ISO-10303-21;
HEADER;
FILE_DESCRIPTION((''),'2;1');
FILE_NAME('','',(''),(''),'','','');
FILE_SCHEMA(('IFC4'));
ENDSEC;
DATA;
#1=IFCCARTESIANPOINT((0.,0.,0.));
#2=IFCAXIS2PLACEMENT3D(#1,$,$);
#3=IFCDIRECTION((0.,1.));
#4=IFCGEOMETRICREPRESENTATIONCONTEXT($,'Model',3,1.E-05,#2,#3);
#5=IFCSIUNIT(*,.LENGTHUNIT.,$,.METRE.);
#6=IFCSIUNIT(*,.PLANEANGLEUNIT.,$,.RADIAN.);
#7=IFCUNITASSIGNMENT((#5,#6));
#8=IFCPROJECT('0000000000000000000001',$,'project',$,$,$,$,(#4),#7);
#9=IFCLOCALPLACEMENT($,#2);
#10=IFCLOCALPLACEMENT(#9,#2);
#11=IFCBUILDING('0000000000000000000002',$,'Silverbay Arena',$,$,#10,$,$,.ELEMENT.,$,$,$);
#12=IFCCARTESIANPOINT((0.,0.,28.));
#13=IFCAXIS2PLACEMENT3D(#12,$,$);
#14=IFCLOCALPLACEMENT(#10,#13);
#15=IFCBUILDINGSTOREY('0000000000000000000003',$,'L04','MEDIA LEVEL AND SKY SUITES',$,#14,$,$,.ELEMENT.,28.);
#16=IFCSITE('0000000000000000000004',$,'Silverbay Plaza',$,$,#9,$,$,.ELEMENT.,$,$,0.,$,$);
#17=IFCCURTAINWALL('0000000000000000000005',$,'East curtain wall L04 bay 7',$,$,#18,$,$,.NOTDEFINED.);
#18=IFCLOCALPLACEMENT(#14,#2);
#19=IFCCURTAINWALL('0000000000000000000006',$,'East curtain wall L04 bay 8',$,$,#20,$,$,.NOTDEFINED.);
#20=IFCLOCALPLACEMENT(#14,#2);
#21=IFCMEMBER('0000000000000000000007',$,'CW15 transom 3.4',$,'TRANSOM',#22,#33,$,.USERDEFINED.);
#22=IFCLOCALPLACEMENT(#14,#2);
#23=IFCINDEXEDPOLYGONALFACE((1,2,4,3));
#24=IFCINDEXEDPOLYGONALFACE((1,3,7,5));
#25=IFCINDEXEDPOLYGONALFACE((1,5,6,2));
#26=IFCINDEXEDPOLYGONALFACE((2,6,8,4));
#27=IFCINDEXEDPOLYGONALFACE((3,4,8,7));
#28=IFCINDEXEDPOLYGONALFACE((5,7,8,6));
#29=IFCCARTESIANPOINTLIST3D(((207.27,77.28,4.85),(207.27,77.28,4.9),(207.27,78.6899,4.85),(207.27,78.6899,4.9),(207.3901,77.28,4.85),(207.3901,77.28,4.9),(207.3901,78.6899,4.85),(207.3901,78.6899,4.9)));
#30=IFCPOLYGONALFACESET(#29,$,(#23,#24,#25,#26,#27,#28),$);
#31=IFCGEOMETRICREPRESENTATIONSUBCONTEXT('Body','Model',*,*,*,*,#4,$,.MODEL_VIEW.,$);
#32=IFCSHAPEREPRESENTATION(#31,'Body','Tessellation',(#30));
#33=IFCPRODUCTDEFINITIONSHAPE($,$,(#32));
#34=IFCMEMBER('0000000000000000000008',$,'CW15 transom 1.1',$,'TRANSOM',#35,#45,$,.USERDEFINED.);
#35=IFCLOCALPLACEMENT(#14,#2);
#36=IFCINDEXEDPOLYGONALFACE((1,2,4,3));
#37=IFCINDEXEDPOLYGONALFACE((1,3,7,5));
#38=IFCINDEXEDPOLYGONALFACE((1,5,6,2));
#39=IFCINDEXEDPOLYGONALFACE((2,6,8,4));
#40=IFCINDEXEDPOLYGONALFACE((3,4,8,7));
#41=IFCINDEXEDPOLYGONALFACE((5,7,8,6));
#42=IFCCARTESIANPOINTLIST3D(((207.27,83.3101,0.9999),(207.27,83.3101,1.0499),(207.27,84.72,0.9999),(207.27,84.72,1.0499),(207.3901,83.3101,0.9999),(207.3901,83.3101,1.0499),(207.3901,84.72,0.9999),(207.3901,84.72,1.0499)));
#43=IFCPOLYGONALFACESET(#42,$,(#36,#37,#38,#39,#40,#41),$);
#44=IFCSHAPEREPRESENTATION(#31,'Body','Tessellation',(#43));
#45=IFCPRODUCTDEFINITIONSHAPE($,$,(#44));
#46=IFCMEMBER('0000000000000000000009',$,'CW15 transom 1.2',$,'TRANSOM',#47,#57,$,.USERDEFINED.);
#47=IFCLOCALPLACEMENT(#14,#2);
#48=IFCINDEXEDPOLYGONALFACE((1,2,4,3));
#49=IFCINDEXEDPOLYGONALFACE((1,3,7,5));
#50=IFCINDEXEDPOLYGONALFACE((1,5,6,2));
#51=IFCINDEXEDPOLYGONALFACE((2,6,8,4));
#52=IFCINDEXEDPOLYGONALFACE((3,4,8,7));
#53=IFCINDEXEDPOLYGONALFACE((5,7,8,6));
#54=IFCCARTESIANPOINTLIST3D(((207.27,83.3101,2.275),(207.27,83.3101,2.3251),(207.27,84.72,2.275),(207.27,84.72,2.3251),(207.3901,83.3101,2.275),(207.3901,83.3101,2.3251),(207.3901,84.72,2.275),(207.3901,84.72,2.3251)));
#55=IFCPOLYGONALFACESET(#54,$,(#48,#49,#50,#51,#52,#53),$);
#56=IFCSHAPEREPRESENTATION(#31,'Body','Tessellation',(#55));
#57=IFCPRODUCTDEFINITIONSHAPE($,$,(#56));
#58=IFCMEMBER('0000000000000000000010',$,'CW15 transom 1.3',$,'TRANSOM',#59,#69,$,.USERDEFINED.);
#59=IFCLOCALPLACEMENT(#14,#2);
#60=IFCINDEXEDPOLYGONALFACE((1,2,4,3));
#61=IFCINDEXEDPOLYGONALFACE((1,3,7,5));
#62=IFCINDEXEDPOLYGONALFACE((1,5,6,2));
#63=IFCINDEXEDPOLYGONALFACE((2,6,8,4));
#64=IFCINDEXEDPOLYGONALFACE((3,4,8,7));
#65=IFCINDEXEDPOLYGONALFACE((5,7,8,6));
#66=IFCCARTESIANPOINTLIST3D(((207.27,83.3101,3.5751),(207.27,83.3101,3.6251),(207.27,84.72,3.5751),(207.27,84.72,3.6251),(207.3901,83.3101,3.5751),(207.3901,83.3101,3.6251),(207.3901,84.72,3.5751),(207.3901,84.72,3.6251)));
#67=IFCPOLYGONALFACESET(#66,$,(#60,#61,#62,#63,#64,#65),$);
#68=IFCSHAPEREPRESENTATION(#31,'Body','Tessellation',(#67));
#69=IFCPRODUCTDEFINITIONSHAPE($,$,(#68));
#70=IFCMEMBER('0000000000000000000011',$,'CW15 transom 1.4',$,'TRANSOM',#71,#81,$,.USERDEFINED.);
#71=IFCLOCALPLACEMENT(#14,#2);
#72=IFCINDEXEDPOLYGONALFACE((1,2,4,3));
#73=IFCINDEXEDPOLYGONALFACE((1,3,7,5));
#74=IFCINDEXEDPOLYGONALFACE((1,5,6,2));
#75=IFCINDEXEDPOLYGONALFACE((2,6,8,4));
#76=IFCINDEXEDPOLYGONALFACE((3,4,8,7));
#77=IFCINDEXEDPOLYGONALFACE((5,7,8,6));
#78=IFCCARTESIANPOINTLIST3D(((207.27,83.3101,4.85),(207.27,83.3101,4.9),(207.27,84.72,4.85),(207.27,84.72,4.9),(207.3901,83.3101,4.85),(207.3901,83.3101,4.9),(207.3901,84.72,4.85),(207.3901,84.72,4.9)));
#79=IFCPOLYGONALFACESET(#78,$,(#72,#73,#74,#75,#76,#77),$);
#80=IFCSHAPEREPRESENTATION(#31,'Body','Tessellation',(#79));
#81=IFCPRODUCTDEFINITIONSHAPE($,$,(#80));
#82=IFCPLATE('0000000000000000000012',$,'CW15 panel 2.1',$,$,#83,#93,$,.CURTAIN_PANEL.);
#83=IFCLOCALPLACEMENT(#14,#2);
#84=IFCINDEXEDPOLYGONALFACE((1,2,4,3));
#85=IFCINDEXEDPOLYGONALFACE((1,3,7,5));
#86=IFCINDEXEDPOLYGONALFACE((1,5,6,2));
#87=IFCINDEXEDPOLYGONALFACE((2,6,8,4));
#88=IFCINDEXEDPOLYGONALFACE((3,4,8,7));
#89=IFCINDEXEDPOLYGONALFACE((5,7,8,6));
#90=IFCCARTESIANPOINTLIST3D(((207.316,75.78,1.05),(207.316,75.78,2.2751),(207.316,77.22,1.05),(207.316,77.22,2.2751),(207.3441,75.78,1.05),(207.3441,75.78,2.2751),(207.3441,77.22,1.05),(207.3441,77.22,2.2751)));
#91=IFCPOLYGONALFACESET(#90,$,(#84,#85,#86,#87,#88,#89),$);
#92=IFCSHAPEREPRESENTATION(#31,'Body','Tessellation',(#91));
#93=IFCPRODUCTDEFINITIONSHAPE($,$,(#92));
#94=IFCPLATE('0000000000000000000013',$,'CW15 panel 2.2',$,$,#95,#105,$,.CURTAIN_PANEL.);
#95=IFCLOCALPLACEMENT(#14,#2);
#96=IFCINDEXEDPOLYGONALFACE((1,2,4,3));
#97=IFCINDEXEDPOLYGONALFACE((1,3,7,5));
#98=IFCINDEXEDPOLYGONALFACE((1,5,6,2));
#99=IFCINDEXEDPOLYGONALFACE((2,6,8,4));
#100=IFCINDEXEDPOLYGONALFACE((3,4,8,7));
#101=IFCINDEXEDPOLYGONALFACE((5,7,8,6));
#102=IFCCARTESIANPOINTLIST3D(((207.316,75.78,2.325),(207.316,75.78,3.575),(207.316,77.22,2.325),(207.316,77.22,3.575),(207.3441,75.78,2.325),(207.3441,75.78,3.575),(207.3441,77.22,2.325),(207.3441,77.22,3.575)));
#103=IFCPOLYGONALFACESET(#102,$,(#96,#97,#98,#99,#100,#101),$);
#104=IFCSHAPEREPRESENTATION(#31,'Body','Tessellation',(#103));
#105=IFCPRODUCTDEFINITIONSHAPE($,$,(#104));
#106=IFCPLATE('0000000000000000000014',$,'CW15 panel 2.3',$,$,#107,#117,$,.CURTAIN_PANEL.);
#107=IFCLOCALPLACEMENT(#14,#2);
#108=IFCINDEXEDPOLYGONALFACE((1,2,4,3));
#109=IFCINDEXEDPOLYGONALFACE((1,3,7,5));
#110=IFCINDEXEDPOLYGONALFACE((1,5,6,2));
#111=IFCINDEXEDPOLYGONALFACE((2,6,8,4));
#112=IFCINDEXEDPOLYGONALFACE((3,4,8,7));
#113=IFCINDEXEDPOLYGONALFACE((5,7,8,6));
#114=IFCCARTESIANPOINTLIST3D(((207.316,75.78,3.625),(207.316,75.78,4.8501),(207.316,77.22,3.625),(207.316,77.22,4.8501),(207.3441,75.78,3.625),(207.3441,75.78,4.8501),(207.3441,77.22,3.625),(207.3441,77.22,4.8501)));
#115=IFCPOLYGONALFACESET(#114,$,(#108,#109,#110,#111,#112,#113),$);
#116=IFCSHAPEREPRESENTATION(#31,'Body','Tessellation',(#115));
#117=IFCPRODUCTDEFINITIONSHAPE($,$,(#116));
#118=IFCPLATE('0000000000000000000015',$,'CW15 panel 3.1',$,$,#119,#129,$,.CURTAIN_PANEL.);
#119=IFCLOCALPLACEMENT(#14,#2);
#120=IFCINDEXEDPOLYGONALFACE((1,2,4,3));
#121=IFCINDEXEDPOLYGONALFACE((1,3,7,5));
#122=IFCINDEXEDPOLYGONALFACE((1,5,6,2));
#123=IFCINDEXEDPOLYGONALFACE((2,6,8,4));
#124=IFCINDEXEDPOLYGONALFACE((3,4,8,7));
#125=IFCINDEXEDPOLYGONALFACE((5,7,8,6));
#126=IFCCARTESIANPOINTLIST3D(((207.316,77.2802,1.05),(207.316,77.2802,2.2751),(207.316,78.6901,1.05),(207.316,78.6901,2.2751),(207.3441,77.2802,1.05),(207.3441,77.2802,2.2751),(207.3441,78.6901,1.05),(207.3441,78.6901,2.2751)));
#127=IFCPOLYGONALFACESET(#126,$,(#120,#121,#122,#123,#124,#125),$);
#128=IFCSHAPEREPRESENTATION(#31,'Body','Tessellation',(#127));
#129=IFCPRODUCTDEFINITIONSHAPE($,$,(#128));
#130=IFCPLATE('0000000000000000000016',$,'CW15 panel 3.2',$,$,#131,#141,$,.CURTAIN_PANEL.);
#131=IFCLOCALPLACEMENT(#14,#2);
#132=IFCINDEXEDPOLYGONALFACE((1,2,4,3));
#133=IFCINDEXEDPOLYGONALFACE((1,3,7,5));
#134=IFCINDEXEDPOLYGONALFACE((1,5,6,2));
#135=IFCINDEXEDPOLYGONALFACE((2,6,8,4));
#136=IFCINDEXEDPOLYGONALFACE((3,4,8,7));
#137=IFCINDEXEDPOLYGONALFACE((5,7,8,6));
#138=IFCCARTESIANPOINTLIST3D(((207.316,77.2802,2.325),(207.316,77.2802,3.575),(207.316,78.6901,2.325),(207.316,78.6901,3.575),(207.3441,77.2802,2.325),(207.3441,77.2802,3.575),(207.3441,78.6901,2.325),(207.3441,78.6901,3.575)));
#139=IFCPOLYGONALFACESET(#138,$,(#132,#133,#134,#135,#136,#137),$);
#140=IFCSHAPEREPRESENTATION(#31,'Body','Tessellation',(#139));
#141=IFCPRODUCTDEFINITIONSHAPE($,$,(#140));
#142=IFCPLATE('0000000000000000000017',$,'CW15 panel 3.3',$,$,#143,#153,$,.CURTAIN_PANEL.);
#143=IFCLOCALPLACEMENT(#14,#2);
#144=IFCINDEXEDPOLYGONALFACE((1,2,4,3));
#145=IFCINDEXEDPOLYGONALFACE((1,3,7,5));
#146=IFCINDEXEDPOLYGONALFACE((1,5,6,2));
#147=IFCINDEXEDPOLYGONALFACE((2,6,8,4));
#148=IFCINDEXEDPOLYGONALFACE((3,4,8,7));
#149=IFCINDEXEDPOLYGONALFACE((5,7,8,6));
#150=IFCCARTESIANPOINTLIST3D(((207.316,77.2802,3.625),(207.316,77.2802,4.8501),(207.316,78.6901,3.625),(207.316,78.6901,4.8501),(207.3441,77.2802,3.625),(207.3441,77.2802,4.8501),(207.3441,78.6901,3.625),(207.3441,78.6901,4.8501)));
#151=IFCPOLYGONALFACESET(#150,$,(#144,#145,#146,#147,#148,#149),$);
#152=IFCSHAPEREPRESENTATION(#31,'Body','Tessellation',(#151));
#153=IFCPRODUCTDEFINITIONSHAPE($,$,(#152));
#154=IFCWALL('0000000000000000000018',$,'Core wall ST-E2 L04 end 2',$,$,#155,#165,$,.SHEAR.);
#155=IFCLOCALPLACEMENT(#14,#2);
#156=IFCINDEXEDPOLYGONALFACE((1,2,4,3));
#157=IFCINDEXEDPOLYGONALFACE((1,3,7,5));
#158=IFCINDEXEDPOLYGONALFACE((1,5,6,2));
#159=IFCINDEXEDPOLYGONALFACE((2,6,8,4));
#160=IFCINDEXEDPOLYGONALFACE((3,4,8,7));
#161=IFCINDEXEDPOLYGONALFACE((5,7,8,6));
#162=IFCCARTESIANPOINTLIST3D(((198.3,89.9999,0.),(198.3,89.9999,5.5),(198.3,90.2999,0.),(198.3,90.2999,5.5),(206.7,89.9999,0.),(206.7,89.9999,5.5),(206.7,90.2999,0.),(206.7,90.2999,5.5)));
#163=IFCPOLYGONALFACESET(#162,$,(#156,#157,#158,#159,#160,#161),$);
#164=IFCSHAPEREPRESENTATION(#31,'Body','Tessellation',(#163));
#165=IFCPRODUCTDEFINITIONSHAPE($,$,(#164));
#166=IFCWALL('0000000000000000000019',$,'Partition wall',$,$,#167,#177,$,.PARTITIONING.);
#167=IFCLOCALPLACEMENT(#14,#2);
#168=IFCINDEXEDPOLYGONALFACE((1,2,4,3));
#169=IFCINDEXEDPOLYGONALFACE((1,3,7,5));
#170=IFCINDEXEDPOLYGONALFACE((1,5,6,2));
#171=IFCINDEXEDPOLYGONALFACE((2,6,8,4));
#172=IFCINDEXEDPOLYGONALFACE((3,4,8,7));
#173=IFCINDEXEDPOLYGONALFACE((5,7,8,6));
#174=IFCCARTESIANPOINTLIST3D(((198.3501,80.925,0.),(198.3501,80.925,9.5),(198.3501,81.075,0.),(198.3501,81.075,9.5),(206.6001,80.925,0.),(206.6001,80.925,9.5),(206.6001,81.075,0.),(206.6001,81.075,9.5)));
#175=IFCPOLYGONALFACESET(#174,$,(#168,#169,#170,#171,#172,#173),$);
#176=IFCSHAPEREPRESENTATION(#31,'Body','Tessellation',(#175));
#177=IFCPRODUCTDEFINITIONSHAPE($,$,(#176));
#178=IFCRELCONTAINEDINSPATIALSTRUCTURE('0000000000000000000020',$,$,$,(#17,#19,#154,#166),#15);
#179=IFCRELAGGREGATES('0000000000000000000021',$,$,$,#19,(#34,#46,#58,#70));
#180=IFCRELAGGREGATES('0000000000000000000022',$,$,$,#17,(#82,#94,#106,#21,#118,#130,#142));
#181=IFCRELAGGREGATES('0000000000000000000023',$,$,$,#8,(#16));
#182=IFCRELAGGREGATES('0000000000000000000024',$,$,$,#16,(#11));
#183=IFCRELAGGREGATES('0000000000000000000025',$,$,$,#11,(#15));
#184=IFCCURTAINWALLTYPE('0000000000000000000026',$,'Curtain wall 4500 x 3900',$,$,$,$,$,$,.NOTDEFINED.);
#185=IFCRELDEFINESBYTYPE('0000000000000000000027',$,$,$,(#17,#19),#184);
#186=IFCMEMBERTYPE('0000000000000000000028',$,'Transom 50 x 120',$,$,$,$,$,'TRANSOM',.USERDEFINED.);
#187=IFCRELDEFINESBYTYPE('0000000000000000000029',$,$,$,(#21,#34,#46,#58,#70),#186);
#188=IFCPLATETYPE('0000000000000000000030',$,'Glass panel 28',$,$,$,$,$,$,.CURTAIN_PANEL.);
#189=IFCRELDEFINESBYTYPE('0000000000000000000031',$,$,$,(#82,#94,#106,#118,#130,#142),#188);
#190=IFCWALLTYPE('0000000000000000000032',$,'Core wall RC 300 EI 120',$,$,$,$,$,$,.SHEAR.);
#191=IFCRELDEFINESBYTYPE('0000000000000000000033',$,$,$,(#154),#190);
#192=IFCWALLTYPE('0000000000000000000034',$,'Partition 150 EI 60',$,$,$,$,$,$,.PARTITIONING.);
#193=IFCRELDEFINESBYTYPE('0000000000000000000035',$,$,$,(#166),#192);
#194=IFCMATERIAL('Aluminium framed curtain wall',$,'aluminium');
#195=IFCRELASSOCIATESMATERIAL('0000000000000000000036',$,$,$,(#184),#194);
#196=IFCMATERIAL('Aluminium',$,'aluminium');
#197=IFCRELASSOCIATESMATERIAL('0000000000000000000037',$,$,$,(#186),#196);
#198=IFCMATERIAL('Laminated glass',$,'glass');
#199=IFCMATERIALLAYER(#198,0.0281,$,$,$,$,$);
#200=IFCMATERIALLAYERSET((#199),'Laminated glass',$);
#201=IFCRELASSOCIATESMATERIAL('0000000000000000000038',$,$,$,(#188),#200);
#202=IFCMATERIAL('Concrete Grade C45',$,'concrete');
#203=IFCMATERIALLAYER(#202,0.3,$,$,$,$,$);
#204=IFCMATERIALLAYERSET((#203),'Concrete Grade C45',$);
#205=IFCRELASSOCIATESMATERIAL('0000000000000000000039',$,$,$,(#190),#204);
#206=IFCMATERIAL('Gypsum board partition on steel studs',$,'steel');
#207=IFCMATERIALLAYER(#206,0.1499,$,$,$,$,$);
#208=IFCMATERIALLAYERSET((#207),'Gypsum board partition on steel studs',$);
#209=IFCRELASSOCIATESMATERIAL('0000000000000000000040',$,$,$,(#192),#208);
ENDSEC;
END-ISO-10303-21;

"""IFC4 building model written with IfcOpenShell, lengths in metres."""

from ifc_helpers import new_model, si_unit, direction, frame, frame_2d, origin, origin_2d, place, context, subcontext, project, spatial, rectangle, extrude, material, layer, layer_set, material_profile, profile_set, type_object, element, aggregate, save


model = new_model("IFC4")

# Units and contexts
model_context = context("Model", 3, precision=1e-05, world=origin(), true_north=direction((0.0, 1.0)))
body_context = subcontext(model_context, "Body", "Model", "MODEL_VIEW")
ifc_project = project(units=[si_unit("LENGTHUNIT", "METRE"), si_unit("PLANEANGLEUNIT", "RADIAN")], contexts=[model_context])

# Site, building, storey
site_placement = place(None, origin())
site = spatial("IfcSite", under=ifc_project, at=site_placement, Name="Silverbay Plaza", CompositionType="ELEMENT", RefElevation=0.0)
building_placement = place(site_placement, origin())
building = spatial("IfcBuilding", under=site, at=building_placement, Name="Silverbay Arena", CompositionType="ELEMENT")
storey_placement = place(building_placement, frame((0.0, 0.0, 28.0)))
storey = spatial("IfcBuildingStorey", under=building, at=storey_placement, Name="L04", Description="MEDIA LEVEL AND SKY SUITES", CompositionType="ELEMENT", Elevation=28.0)

# Curtain wall
ifc_material_1 = material(Name="Aluminium framed curtain wall", Category="aluminium")
curtain_wall_type = type_object("IfcCurtainWallType", Name="Curtain wall 4500 x 3900", PredefinedType="NOTDEFINED", material=ifc_material_1)
curtain_wall_1_placement = place(storey_placement, origin())
curtain_wall_1 = element("IfcCurtainWall", 1, at=curtain_wall_1_placement, inside=storey, type_object=curtain_wall_type, Name="East curtain wall L04 bay 7", PredefinedType="NOTDEFINED")

# Curtain wall
curtain_wall_2_placement = place(storey_placement, origin())
curtain_wall_2 = element("IfcCurtainWall", 2, at=curtain_wall_2_placement, inside=storey, type_object=curtain_wall_type, Name="East curtain wall L04 bay 8", PredefinedType="NOTDEFINED")

# Members
ifc_material_2 = material(Name="Aluminium", Category="aluminium")
ifc_material_profile_1 = material_profile(ifc_material_2, rectangle(XDim=0.1201, YDim=0.05, at=origin_2d()), Name="Transom 50 x 120")
ifc_profile_set_1 = profile_set([ifc_material_profile_1], Name="Aluminium")
member_type_1 = type_object("IfcMemberType", Name="Transom 50 x 120", ElementType="TRANSOM", PredefinedType="USERDEFINED", material=ifc_profile_set_1)
member_1_placement = place(storey_placement, frame((207.3301, 77.28, 4.875), z_axis=(0.0, 1.0, 0.0), x_axis=(-1.0, 0.0, 0.0)))
member_1 = element("IfcMember", 3, at=member_1_placement, type_object=member_type_1, Name="CW15 transom 3.4", ObjectType="TRANSOM", PredefinedType="USERDEFINED", context=body_context, shape_type="SweptSolid", body=[
    extrude(rectangle(XDim=0.1201, YDim=0.05, at=origin_2d()), origin(), (0.0, 0.0, 1.0), 1.4099),
])
member_2_placement = place(storey_placement, frame((207.3301, 83.3101, 1.0249), z_axis=(0.0, 1.0, 0.0), x_axis=(-1.0, 0.0, 0.0)))
member_2 = element("IfcMember", 4, at=member_2_placement, type_object=member_type_1, Name="CW15 transom 1.1", ObjectType="TRANSOM", PredefinedType="USERDEFINED", context=body_context, shape_type="SweptSolid", body=[
    extrude(rectangle(XDim=0.1201, YDim=0.05, at=origin_2d()), origin(), (0.0, 0.0, 1.0), 1.4099),
])
member_3_placement = place(storey_placement, frame((207.3301, 83.3101, 2.3), z_axis=(0.0, 1.0, 0.0), x_axis=(-1.0, 0.0, 0.0)))
member_3 = element("IfcMember", 5, at=member_3_placement, type_object=member_type_1, Name="CW15 transom 1.2", ObjectType="TRANSOM", PredefinedType="USERDEFINED", context=body_context, shape_type="SweptSolid", body=[
    extrude(rectangle(XDim=0.1201, YDim=0.05, at=origin_2d()), origin(), (0.0, 0.0, 1.0), 1.4099),
])
member_4_placement = place(storey_placement, frame((207.3301, 83.3101, 3.6001), z_axis=(0.0, 1.0, 0.0), x_axis=(-1.0, 0.0, 0.0)))
member_4 = element("IfcMember", 6, at=member_4_placement, type_object=member_type_1, Name="CW15 transom 1.3", ObjectType="TRANSOM", PredefinedType="USERDEFINED", context=body_context, shape_type="SweptSolid", body=[
    extrude(rectangle(XDim=0.1201, YDim=0.05, at=origin_2d()), origin(), (0.0, 0.0, 1.0), 1.4099),
])
member_5_placement = place(storey_placement, frame((207.3301, 83.3101, 4.875), z_axis=(0.0, 1.0, 0.0), x_axis=(-1.0, 0.0, 0.0)))
member_5 = element("IfcMember", 7, at=member_5_placement, type_object=member_type_1, Name="CW15 transom 1.4", ObjectType="TRANSOM", PredefinedType="USERDEFINED", context=body_context, shape_type="SweptSolid", body=[
    extrude(rectangle(XDim=0.1201, YDim=0.05, at=origin_2d()), origin(), (0.0, 0.0, 1.0), 1.4099),
])
aggregate(curtain_wall_2, [member_2, member_3, member_4, member_5])

# Plates
ifc_material_3 = material(Name="Laminated glass", Category="glass")
ifc_layer_1 = layer(ifc_material_3, 0.0281)
ifc_layer_set_1 = layer_set([ifc_layer_1], Name="Laminated glass")
plate_type = type_object("IfcPlateType", Name="Glass panel 28", PredefinedType="CURTAIN_PANEL", material=ifc_layer_set_1)
plate_1_placement = place(storey_placement, frame((207.3301, 76.5, 1.05), z_axis=(0.0, 0.0, 1.0), x_axis=(0.0, 1.0, 0.0)))
plate_1 = element("IfcPlate", 8, at=plate_1_placement, type_object=plate_type, Name="CW15 panel 2.1", PredefinedType="CURTAIN_PANEL", context=body_context, shape_type="SweptSolid", body=[
    extrude(rectangle(XDim=1.4399, YDim=0.0281, at=origin_2d()), origin(), (0.0, 0.0, 1.0), 1.2251),
])
plate_2_placement = place(storey_placement, frame((207.3301, 76.5, 2.325), z_axis=(0.0, 0.0, 1.0), x_axis=(0.0, 1.0, 0.0)))
plate_2 = element("IfcPlate", 9, at=plate_2_placement, type_object=plate_type, Name="CW15 panel 2.2", PredefinedType="CURTAIN_PANEL", context=body_context, shape_type="SweptSolid", body=[
    extrude(rectangle(XDim=1.4399, YDim=0.0281, at=origin_2d()), origin(), (0.0, 0.0, 1.0), 1.25),
])
plate_3_placement = place(storey_placement, frame((207.3301, 76.5, 3.625), z_axis=(0.0, 0.0, 1.0), x_axis=(0.0, 1.0, 0.0)))
plate_3 = element("IfcPlate", 10, at=plate_3_placement, type_object=plate_type, Name="CW15 panel 2.3", PredefinedType="CURTAIN_PANEL", context=body_context, shape_type="SweptSolid", body=[
    extrude(rectangle(XDim=1.4399, YDim=0.0281, at=origin_2d()), origin(), (0.0, 0.0, 1.0), 1.2251),
])
plate_4_placement = place(storey_placement, frame((207.3301, 77.9851, 1.05), z_axis=(0.0, 0.0, 1.0), x_axis=(0.0, 1.0, 0.0)))
plate_4 = element("IfcPlate", 11, at=plate_4_placement, type_object=plate_type, Name="CW15 panel 3.1", PredefinedType="CURTAIN_PANEL", context=body_context, shape_type="SweptSolid", body=[
    extrude(rectangle(XDim=1.4099, YDim=0.0281, at=origin_2d()), origin(), (0.0, 0.0, 1.0), 1.2251),
])
plate_5_placement = place(storey_placement, frame((207.3301, 77.9851, 2.325), z_axis=(0.0, 0.0, 1.0), x_axis=(0.0, 1.0, 0.0)))
plate_5 = element("IfcPlate", 12, at=plate_5_placement, type_object=plate_type, Name="CW15 panel 3.2", PredefinedType="CURTAIN_PANEL", context=body_context, shape_type="SweptSolid", body=[
    extrude(rectangle(XDim=1.4099, YDim=0.0281, at=origin_2d()), origin(), (0.0, 0.0, 1.0), 1.25),
])
plate_6_placement = place(storey_placement, frame((207.3301, 77.9851, 3.625), z_axis=(0.0, 0.0, 1.0), x_axis=(0.0, 1.0, 0.0)))
plate_6 = element("IfcPlate", 13, at=plate_6_placement, type_object=plate_type, Name="CW15 panel 3.3", PredefinedType="CURTAIN_PANEL", context=body_context, shape_type="SweptSolid", body=[
    extrude(rectangle(XDim=1.4099, YDim=0.0281, at=origin_2d()), origin(), (0.0, 0.0, 1.0), 1.2251),
])
aggregate(curtain_wall_1, [plate_1, plate_2, plate_3, member_1, plate_4, plate_5, plate_6])

# Walls
ifc_material_4 = material(Name="Concrete Grade C45", Category="concrete")
ifc_layer_2 = layer(ifc_material_4, 0.3)
ifc_layer_set_2 = layer_set([ifc_layer_2], Name="Concrete Grade C45")
wall_type_1 = type_object("IfcWallType", Name="Core wall RC 300 EI 120", PredefinedType="SHEAR", material=ifc_layer_set_2)
wall_1_placement = place(storey_placement, frame((198.3, 90.1499, 0.0), z_axis=(0.0, 0.0, 1.0), x_axis=(1.0, 0.0, 0.0)))
element("IfcWall", 14, at=wall_1_placement, inside=storey, type_object=wall_type_1, Name="Core wall ST-E2 L04 end 2", PredefinedType="SHEAR", context=body_context, shape_type="SweptSolid", body=[
    extrude(rectangle(XDim=8.3999, YDim=0.3, at=frame_2d((4.2, 0.0))), origin(), (0.0, 0.0, 1.0), 5.5),
])
ifc_material_5 = material(Name="Gypsum board partition on steel studs", Category="steel")
ifc_layer_3 = layer(ifc_material_5, 0.1499)
ifc_layer_set_3 = layer_set([ifc_layer_3], Name="Gypsum board partition on steel studs")
wall_type_2 = type_object("IfcWallType", Name="Partition 150 EI 60", PredefinedType="PARTITIONING", material=ifc_layer_set_3)
wall_2_placement = place(storey_placement, frame((198.3501, 81.0, 0.0), z_axis=(0.0, 0.0, 1.0), x_axis=(1.0, 0.0, 0.0)))
element("IfcWall", 15, at=wall_2_placement, inside=storey, type_object=wall_type_2, Name="Partition wall", PredefinedType="PARTITIONING", context=body_context, shape_type="SweptSolid", body=[
    extrude(rectangle(XDim=8.25, YDim=0.1499, at=frame_2d((4.125, 0.0))), origin(), (0.0, 0.0, 1.0), 9.5),
])

save(model, "model.ifc")
